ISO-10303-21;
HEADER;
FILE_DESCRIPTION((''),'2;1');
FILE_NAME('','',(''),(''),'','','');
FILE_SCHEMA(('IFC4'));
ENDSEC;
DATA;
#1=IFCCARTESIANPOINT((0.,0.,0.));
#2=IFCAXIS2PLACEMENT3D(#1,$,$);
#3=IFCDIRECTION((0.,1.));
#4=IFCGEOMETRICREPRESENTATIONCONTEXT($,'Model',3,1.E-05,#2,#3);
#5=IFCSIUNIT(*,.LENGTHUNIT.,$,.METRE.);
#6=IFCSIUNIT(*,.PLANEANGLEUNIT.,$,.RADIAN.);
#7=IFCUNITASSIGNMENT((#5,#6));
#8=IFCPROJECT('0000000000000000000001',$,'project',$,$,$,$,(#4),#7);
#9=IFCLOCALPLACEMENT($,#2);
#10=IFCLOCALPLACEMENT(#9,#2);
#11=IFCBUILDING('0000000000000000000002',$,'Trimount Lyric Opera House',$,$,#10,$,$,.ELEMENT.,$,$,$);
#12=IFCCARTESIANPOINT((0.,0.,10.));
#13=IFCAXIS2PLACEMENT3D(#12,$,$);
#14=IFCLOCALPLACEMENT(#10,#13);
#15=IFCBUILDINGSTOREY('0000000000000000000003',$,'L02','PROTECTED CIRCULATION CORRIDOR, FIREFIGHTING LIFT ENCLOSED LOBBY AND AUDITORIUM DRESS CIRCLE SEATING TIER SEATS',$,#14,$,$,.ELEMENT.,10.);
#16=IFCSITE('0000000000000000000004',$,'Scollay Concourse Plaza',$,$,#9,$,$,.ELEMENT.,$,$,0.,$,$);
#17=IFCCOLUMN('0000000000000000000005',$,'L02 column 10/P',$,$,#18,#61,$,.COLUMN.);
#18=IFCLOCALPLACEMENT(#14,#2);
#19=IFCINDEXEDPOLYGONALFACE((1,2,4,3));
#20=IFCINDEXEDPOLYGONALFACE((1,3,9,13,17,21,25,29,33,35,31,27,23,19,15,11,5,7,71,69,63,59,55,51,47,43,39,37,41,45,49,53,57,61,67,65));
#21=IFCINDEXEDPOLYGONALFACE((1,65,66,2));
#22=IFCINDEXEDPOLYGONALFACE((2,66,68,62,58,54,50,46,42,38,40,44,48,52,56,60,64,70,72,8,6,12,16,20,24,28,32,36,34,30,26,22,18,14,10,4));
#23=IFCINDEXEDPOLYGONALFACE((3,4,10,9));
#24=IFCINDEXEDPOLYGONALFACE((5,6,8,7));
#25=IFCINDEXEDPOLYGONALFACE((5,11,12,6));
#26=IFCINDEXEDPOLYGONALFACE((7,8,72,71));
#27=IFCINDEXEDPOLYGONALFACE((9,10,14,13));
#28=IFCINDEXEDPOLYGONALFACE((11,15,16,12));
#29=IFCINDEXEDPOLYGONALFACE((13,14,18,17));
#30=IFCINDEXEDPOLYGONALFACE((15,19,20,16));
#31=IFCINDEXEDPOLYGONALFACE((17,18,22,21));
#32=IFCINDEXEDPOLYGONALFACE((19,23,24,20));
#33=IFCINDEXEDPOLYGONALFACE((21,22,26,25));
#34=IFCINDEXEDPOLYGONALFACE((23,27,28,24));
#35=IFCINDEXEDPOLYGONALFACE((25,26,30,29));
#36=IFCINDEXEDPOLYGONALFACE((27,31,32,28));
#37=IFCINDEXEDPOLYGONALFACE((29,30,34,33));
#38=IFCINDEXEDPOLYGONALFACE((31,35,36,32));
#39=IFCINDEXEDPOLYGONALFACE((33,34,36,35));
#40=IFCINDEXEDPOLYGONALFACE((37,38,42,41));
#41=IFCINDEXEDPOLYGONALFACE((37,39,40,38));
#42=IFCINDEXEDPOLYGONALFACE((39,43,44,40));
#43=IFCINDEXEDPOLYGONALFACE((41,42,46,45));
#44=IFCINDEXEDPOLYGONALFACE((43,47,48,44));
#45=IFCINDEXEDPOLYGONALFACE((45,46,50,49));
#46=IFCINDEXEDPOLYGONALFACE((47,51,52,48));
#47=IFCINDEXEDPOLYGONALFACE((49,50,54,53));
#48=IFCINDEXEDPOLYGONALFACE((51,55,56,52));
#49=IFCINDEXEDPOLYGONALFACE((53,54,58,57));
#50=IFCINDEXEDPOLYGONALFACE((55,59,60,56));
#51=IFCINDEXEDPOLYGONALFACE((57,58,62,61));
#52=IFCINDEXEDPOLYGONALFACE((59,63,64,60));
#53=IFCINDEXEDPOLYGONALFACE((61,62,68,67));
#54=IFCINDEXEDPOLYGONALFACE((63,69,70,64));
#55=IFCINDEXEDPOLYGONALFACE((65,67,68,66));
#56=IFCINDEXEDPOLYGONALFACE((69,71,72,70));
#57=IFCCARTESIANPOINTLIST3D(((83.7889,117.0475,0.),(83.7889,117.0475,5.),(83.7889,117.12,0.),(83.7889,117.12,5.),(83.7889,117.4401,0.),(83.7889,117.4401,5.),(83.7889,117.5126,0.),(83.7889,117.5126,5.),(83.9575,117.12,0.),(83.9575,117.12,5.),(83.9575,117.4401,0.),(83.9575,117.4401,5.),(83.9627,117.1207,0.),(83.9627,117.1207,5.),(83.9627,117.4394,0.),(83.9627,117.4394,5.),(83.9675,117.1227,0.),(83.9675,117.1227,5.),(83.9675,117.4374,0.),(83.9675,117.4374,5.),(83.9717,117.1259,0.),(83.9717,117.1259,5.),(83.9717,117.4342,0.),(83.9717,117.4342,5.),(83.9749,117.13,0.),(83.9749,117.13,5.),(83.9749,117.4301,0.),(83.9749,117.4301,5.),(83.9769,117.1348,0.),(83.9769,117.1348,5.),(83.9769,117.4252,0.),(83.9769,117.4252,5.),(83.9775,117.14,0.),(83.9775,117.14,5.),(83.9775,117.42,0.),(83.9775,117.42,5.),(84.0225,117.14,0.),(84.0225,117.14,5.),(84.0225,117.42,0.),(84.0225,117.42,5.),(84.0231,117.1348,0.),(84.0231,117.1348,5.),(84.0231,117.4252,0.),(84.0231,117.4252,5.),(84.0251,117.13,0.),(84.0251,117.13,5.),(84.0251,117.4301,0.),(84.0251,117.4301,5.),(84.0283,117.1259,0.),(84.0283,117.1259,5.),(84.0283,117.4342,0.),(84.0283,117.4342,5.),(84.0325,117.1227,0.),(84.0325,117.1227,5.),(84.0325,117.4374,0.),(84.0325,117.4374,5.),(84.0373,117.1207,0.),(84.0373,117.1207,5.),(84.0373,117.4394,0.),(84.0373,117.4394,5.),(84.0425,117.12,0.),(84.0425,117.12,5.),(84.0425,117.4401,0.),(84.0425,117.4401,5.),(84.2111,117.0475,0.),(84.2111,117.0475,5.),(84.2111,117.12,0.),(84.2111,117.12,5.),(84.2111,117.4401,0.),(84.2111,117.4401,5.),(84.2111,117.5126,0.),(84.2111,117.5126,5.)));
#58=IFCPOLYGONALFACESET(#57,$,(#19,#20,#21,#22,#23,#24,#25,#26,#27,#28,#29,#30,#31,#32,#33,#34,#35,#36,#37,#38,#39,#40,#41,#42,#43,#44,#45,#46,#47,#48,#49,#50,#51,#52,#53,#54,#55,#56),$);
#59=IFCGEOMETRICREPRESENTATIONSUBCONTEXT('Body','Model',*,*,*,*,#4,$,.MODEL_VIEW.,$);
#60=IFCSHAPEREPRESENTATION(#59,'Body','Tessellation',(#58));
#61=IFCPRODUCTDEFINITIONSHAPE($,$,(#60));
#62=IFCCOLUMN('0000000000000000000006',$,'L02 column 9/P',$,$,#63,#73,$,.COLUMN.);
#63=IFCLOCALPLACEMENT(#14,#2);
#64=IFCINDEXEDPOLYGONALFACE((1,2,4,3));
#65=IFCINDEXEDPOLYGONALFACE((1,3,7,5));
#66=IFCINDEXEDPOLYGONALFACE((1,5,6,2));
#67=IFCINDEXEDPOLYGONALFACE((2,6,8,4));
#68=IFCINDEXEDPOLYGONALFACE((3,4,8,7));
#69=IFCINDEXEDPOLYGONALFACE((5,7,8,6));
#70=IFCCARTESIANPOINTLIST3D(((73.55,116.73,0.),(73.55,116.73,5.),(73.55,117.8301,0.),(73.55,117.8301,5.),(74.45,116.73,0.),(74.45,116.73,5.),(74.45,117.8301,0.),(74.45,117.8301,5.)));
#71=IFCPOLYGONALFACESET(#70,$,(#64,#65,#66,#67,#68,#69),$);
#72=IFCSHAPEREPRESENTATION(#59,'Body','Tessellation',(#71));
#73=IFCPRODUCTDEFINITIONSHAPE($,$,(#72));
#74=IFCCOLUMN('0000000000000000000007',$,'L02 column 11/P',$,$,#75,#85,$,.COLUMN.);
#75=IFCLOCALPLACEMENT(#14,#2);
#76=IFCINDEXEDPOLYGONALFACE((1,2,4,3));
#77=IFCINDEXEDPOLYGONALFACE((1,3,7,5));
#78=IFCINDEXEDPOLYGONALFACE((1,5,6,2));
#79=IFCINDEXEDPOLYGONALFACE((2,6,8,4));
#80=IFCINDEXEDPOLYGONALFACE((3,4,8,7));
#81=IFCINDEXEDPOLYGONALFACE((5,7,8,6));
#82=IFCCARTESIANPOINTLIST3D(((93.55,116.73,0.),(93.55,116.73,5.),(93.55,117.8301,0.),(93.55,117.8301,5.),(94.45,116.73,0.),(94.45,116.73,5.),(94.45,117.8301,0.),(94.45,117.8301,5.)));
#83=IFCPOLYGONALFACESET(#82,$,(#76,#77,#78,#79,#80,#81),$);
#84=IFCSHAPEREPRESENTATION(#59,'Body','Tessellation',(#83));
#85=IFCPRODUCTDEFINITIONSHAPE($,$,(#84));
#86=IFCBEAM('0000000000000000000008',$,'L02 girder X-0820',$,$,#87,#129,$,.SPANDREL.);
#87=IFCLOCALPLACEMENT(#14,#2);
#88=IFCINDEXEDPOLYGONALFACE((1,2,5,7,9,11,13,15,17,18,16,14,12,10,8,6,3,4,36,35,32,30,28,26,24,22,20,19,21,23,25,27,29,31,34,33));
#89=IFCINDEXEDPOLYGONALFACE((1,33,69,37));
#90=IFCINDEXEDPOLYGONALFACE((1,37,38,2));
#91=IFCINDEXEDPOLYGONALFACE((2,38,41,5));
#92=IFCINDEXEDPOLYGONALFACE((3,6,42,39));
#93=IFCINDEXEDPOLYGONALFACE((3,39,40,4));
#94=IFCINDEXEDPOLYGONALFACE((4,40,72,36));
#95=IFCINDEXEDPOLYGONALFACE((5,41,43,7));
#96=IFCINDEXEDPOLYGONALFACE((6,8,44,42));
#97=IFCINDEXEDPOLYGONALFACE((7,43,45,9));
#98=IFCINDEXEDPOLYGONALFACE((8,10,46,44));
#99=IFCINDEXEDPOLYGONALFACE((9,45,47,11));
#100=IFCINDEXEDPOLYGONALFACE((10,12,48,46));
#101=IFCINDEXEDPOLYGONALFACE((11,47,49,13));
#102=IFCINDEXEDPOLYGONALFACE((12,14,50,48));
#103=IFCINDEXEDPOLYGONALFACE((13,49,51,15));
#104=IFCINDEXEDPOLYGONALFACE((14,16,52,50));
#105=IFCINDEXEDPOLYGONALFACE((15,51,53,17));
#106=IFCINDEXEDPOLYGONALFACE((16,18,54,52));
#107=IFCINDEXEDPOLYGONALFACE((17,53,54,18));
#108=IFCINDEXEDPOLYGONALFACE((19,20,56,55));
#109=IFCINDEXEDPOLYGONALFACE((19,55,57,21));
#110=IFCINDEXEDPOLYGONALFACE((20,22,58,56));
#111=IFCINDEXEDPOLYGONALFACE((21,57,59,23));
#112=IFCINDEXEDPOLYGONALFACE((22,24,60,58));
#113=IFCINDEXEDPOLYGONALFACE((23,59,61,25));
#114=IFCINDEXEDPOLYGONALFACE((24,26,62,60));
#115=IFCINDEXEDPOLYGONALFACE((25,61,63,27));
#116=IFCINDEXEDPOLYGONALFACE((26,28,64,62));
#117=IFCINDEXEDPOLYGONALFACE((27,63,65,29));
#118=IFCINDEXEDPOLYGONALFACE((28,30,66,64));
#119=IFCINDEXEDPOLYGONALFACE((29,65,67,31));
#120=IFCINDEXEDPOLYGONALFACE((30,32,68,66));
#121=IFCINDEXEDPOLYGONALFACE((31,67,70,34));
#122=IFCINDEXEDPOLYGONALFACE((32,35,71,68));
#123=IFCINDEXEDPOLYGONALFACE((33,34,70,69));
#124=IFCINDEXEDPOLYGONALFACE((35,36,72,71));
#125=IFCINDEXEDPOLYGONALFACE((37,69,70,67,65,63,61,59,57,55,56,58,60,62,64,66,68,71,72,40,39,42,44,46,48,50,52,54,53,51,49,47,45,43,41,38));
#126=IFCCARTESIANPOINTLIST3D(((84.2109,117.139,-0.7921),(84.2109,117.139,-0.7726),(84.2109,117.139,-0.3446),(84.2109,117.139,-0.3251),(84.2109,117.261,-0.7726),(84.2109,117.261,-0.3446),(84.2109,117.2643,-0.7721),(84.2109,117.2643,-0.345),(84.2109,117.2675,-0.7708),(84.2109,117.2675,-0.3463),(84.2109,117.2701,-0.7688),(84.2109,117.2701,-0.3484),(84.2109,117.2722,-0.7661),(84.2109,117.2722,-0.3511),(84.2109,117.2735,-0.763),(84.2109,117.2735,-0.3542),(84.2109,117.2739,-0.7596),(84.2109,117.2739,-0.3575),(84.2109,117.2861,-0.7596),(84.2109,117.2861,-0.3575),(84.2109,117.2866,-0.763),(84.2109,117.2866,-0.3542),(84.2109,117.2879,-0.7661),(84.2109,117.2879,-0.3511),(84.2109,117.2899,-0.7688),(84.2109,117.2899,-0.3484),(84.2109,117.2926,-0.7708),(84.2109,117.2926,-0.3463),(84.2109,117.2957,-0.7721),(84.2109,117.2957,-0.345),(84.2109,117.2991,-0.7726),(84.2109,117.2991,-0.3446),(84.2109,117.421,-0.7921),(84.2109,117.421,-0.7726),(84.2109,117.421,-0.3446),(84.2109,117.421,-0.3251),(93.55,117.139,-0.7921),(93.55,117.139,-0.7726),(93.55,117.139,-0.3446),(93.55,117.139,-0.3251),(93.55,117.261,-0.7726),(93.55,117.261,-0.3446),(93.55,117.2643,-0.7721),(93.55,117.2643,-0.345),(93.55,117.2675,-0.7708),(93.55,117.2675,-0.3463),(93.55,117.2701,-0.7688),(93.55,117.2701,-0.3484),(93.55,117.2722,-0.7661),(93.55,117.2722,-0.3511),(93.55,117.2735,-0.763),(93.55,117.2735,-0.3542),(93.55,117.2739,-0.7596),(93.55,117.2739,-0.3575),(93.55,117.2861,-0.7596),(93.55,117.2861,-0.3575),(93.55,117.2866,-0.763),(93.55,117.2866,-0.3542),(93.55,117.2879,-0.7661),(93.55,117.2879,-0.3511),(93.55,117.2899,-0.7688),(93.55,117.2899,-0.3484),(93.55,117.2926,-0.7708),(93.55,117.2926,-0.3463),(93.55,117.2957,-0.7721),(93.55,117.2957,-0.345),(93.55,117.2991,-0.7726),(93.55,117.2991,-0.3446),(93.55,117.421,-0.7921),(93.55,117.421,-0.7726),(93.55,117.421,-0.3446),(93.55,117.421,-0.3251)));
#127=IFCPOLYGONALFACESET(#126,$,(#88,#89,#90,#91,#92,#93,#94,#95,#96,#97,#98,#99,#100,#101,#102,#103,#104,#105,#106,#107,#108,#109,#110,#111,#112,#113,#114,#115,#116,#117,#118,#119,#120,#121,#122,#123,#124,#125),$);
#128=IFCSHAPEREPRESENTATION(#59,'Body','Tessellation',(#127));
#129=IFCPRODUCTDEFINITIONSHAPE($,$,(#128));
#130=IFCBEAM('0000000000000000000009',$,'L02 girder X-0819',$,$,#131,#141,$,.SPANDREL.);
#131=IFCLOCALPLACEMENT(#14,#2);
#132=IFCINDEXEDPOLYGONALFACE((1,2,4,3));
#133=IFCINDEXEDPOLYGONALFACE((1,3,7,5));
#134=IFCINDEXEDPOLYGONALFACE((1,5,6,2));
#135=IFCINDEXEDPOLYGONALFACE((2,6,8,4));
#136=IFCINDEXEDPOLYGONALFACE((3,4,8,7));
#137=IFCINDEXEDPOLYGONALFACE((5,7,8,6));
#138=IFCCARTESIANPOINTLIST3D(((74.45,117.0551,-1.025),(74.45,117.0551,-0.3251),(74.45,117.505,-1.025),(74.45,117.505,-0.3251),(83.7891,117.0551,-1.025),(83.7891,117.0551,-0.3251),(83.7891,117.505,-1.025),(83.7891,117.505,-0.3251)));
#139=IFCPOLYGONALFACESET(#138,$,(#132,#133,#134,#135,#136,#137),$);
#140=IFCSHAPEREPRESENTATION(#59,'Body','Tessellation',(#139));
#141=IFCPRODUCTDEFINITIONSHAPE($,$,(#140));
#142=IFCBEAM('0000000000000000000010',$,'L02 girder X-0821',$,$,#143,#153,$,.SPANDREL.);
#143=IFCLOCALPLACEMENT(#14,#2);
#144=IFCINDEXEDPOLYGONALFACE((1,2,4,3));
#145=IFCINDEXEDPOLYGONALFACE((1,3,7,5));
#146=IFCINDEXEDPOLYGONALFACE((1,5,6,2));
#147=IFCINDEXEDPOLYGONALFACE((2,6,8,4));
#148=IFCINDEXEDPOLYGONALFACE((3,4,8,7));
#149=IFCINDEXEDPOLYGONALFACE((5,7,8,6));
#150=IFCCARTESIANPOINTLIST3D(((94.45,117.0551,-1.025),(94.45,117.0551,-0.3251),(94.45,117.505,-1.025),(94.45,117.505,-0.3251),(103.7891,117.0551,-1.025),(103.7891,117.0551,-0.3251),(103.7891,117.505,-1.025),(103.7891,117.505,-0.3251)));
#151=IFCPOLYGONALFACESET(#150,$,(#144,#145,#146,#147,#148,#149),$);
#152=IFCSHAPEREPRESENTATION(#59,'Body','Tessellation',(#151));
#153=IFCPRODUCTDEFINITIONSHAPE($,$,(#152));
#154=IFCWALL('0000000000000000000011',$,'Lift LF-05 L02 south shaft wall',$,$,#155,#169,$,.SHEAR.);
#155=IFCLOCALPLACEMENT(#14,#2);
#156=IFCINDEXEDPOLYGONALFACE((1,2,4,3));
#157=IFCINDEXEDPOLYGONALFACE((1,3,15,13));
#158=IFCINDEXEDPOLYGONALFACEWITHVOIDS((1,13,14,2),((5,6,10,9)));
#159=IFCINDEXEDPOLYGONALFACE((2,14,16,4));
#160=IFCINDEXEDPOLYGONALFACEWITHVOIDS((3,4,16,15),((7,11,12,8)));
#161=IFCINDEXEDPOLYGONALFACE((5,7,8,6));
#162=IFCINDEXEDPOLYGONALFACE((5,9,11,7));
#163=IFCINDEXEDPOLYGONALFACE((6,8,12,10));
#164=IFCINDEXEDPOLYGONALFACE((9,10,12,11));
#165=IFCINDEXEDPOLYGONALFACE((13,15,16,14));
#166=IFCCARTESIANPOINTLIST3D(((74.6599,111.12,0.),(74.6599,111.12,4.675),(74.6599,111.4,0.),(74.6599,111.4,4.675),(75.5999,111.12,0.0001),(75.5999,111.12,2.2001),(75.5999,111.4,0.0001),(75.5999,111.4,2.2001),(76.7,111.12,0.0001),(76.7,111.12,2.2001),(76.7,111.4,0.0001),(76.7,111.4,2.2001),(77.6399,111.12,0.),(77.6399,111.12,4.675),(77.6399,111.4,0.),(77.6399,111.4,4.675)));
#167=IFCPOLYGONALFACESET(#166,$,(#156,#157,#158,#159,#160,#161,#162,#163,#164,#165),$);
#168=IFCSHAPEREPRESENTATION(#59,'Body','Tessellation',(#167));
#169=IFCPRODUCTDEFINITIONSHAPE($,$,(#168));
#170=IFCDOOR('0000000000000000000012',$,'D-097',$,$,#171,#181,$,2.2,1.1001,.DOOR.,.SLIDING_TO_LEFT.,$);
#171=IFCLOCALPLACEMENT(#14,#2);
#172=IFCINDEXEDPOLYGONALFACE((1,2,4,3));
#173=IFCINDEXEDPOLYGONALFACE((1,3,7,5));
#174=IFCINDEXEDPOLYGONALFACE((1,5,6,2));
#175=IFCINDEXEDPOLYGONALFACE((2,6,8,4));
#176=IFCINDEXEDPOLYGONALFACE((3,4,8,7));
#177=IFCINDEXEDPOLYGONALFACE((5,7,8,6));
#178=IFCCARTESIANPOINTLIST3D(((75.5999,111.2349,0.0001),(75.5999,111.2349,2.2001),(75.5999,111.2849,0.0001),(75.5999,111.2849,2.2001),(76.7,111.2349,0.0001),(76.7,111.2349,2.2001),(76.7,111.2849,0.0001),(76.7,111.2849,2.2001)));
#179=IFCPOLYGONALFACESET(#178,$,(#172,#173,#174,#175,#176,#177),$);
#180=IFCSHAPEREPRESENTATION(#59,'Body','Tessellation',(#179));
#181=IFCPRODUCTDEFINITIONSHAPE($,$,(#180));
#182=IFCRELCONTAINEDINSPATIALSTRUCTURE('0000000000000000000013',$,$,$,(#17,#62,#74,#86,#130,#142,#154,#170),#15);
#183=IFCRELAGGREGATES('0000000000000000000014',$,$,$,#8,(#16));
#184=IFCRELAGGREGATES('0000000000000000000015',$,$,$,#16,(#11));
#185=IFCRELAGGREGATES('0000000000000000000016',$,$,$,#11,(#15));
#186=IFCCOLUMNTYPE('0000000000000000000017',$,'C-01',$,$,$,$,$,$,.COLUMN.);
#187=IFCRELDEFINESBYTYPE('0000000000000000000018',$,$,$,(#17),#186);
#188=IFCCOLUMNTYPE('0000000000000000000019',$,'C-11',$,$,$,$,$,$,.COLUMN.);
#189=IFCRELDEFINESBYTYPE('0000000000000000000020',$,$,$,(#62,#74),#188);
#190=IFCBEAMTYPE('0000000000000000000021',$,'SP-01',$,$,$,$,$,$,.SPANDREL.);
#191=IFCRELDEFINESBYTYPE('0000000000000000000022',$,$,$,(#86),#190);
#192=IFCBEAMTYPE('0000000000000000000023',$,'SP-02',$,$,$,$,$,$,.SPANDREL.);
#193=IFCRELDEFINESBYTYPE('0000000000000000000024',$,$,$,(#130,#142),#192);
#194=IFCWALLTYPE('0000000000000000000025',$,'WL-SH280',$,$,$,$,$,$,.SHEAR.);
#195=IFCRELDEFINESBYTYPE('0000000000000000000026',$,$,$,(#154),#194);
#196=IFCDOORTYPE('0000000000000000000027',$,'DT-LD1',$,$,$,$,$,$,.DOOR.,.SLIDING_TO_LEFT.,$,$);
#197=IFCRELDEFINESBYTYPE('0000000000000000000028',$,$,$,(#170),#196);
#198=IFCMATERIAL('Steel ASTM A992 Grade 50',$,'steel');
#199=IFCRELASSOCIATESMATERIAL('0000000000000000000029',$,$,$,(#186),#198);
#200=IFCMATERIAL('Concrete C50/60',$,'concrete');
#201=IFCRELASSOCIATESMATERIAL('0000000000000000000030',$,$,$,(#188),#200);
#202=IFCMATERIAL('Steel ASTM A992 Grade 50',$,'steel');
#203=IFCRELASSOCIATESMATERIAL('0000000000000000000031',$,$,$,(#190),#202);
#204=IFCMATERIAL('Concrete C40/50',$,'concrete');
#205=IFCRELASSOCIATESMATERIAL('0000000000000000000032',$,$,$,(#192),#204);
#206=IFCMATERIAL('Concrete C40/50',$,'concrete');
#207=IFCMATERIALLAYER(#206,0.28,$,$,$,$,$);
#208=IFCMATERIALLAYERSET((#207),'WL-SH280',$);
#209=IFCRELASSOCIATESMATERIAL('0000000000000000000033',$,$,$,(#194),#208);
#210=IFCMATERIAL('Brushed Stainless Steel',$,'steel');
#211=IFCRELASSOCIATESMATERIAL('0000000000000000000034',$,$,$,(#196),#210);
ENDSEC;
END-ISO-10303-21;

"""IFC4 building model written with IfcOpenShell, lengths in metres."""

from ifc_helpers import new_model, si_unit, direction, frame, frame_2d, origin, origin_2d, place, context, subcontext, project, spatial, rectangle, i_section, extrude, material, layer, layer_set, material_profile, profile_set, type_object, element, fill, save


model = new_model("IFC4")

# Units and contexts
model_context = context("Model", 3, precision=1e-05, world=origin(), true_north=direction((0.0, 1.0)))
body_context = subcontext(model_context, "Body", "Model", "MODEL_VIEW")
ifc_project = project(units=[si_unit("LENGTHUNIT", "METRE"), si_unit("PLANEANGLEUNIT", "RADIAN")], contexts=[model_context])

# Site, building, storey
site_placement = place(None, origin())
site = spatial("IfcSite", under=ifc_project, at=site_placement, Name="Scollay Concourse Plaza", CompositionType="ELEMENT", RefElevation=0.0)
building_placement = place(site_placement, origin())
building = spatial("IfcBuilding", under=site, at=building_placement, Name="Trimount Lyric Opera House", CompositionType="ELEMENT")
storey_placement = place(building_placement, frame((0.0, 0.0, 10.0)))
storey = spatial("IfcBuildingStorey", under=building, at=storey_placement, Name="L02", Description="PROTECTED CIRCULATION CORRIDOR, FIREFIGHTING LIFT ENCLOSED LOBBY AND AUDITORIUM DRESS CIRCLE SEATING TIER SEATS", CompositionType="ELEMENT", Elevation=10.0)

# Columns
ifc_material_1 = material(Name="Steel ASTM A992 Grade 50", Category="steel")
ifc_material_profile_1 = material_profile(ifc_material_1, i_section(OverallWidth=0.4221, OverallDepth=0.4651, WebThickness=0.0449, FlangeThickness=0.0725, FilletRadius=0.02, at=origin_2d()), Name="W14X398")
ifc_profile_set_1 = profile_set([ifc_material_profile_1], Name="Steel ASTM A992 Grade 50")
column_type_1 = type_object("IfcColumnType", Name="C-01", PredefinedType="COLUMN", material=ifc_profile_set_1)
column_placement = place(storey_placement, frame((84.0, 117.28, 0.0), z_axis=(0.0, 0.0, 1.0), x_axis=(1.0, 0.0, 0.0)))
element("IfcColumn", 1, at=column_placement, inside=storey, type_object=column_type_1, Name="L02 column 10/P", PredefinedType="COLUMN", context=body_context, shape_type="SweptSolid", body=[
    extrude(i_section(OverallWidth=0.4221, OverallDepth=0.4651, WebThickness=0.0449, FlangeThickness=0.0725, FilletRadius=0.02, at=origin_2d()), origin(), (0.0, 0.0, 1.0), 5.0),
])
ifc_material_2 = material(Name="Concrete C50/60", Category="concrete")
ifc_material_profile_2 = material_profile(ifc_material_2, rectangle(XDim=0.8999, YDim=1.1001, at=origin_2d()), Name="RC1100X900")
ifc_profile_set_2 = profile_set([ifc_material_profile_2], Name="Concrete C50/60")
column_type_2 = type_object("IfcColumnType", Name="C-11", PredefinedType="COLUMN", material=ifc_profile_set_2)
for number, where, z_axis, x_axis, name in (
    (2, (74.0, 117.28, 0.0), (0.0, 0.0, 1.0), (1.0, 0.0, 0.0), "L02 column 9/P"),
    (3, (94.0, 117.28, 0.0), (0.0, 0.0, 1.0), (1.0, 0.0, 0.0), "L02 column 11/P"),
):
    element("IfcColumn", number, at=place(storey_placement, frame(where, z_axis=z_axis, x_axis=x_axis)), inside=storey, type_object=column_type_2, Name=name, PredefinedType="COLUMN", context=body_context, shape_type="SweptSolid", body=[
        extrude(rectangle(XDim=0.8999, YDim=1.1001, at=origin_2d()), origin(), (0.0, 0.0, 1.0), 5.0),
    ])

# Beams
ifc_material_3 = material(Name="Steel ASTM A992 Grade 50", Category="steel")
ifc_material_profile_3 = material_profile(ifc_material_3, i_section(OverallWidth=0.282, OverallDepth=0.467, WebThickness=0.0122, FlangeThickness=0.0195, FilletRadius=0.0129, at=origin_2d()), Name="W18X86")
ifc_profile_set_3 = profile_set([ifc_material_profile_3], Name="Steel ASTM A992 Grade 50")
beam_type_1 = type_object("IfcBeamType", Name="SP-01", PredefinedType="SPANDREL", material=ifc_profile_set_3)
beam_placement = place(storey_placement, frame((84.2109, 117.28, -0.5586), z_axis=(1.0, 0.0, 0.0), x_axis=(0.0, 1.0, 0.0)))
element("IfcBeam", 4, at=beam_placement, inside=storey, type_object=beam_type_1, Name="L02 girder X-0820", PredefinedType="SPANDREL", context=body_context, shape_type="SweptSolid", body=[
    extrude(i_section(OverallWidth=0.282, OverallDepth=0.467, WebThickness=0.0122, FlangeThickness=0.0195, FilletRadius=0.0129, at=origin_2d()), origin(), (0.0, 0.0, 1.0), 9.3391),
])
ifc_material_4 = material(Name="Concrete C40/50", Category="concrete")
ifc_material_profile_4 = material_profile(ifc_material_4, rectangle(XDim=0.45, YDim=0.7, at=origin_2d()), Name="RC450X700")
ifc_profile_set_4 = profile_set([ifc_material_profile_4], Name="Concrete C40/50")
beam_type_2 = type_object("IfcBeamType", Name="SP-02", PredefinedType="SPANDREL", material=ifc_profile_set_4)
for number, where, z_axis, x_axis, name in (
    (5, (74.45, 117.28, -0.675), (1.0, 0.0, 0.0), (0.0, 1.0, 0.0), "L02 girder X-0819"),
    (6, (94.45, 117.28, -0.675), (1.0, 0.0, 0.0), (0.0, 1.0, 0.0), "L02 girder X-0821"),
):
    element("IfcBeam", number, at=place(storey_placement, frame(where, z_axis=z_axis, x_axis=x_axis)), inside=storey, type_object=beam_type_2, Name=name, PredefinedType="SPANDREL", context=body_context, shape_type="SweptSolid", body=[
        extrude(rectangle(XDim=0.45, YDim=0.7, at=origin_2d()), origin(), (0.0, 0.0, 1.0), 9.3391),
    ])

# Wall, opening, door
ifc_material_5 = material(Name="Concrete C40/50", Category="concrete")
ifc_layer_1 = layer(ifc_material_5, 0.28)
ifc_layer_set_1 = layer_set([ifc_layer_1], Name="WL-SH280")
wall_type_1 = type_object("IfcWallType", Name="WL-SH280", PredefinedType="SHEAR", material=ifc_layer_set_1)
wall_1_placement = place(storey_placement, frame((74.6599, 111.26, 0.0), z_axis=(0.0, 0.0, 1.0), x_axis=(1.0, 0.0, 0.0)))
wall_1 = element("IfcWall", 7, at=wall_1_placement, inside=storey, type_object=wall_type_1, Name="Lift LF-05 L02 south shaft wall", PredefinedType="SHEAR", context=body_context, shape_type="SweptSolid", body=[
    extrude(rectangle(XDim=2.98, YDim=0.28, at=frame_2d((1.49, 0.0))), origin(), (0.0, 0.0, 1.0), 4.675),
])
opening_1_placement = place(wall_1_placement, frame((0.9399, 0.0, 0.0)))
opening_1 = element("IfcOpeningElement", 8, at=opening_1_placement, cuts=wall_1, PredefinedType="OPENING", context=body_context, shape_type="SweptSolid", body=[
    extrude(rectangle(XDim=1.1001, YDim=2.2, at=frame_2d((0.55, 1.1001))), frame((0.0, 0.1499, 0.0), z_axis=(0.0, -1.0, 0.0), x_axis=(1.0, 0.0, 0.0)), (0.0, 0.0, 1.0), 0.3),
])
ifc_material_6 = material(Name="Brushed Stainless Steel", Category="steel")
door_type_1 = type_object("IfcDoorType", Name="DT-LD1", OperationType="SLIDING_TO_LEFT", PredefinedType="DOOR", material=ifc_material_6)
door_1_placement = place(opening_1_placement, origin())
door_1 = element("IfcDoor", 9, at=door_1_placement, inside=storey, type_object=door_type_1, Name="D-097", OperationType="SLIDING_TO_LEFT", OverallHeight=2.2, OverallWidth=1.1001, PredefinedType="DOOR", context=body_context, shape_type="SweptSolid", body=[
    extrude(rectangle(XDim=1.1001, YDim=2.2, at=frame_2d((0.55, 1.1001))), frame((0.0, 0.0249, 0.0), z_axis=(0.0, -1.0, 0.0), x_axis=(1.0, 0.0, 0.0)), (0.0, 0.0, 1.0), 0.05),
])
fill(opening_1, door_1)

save(model, "model.ifc")
